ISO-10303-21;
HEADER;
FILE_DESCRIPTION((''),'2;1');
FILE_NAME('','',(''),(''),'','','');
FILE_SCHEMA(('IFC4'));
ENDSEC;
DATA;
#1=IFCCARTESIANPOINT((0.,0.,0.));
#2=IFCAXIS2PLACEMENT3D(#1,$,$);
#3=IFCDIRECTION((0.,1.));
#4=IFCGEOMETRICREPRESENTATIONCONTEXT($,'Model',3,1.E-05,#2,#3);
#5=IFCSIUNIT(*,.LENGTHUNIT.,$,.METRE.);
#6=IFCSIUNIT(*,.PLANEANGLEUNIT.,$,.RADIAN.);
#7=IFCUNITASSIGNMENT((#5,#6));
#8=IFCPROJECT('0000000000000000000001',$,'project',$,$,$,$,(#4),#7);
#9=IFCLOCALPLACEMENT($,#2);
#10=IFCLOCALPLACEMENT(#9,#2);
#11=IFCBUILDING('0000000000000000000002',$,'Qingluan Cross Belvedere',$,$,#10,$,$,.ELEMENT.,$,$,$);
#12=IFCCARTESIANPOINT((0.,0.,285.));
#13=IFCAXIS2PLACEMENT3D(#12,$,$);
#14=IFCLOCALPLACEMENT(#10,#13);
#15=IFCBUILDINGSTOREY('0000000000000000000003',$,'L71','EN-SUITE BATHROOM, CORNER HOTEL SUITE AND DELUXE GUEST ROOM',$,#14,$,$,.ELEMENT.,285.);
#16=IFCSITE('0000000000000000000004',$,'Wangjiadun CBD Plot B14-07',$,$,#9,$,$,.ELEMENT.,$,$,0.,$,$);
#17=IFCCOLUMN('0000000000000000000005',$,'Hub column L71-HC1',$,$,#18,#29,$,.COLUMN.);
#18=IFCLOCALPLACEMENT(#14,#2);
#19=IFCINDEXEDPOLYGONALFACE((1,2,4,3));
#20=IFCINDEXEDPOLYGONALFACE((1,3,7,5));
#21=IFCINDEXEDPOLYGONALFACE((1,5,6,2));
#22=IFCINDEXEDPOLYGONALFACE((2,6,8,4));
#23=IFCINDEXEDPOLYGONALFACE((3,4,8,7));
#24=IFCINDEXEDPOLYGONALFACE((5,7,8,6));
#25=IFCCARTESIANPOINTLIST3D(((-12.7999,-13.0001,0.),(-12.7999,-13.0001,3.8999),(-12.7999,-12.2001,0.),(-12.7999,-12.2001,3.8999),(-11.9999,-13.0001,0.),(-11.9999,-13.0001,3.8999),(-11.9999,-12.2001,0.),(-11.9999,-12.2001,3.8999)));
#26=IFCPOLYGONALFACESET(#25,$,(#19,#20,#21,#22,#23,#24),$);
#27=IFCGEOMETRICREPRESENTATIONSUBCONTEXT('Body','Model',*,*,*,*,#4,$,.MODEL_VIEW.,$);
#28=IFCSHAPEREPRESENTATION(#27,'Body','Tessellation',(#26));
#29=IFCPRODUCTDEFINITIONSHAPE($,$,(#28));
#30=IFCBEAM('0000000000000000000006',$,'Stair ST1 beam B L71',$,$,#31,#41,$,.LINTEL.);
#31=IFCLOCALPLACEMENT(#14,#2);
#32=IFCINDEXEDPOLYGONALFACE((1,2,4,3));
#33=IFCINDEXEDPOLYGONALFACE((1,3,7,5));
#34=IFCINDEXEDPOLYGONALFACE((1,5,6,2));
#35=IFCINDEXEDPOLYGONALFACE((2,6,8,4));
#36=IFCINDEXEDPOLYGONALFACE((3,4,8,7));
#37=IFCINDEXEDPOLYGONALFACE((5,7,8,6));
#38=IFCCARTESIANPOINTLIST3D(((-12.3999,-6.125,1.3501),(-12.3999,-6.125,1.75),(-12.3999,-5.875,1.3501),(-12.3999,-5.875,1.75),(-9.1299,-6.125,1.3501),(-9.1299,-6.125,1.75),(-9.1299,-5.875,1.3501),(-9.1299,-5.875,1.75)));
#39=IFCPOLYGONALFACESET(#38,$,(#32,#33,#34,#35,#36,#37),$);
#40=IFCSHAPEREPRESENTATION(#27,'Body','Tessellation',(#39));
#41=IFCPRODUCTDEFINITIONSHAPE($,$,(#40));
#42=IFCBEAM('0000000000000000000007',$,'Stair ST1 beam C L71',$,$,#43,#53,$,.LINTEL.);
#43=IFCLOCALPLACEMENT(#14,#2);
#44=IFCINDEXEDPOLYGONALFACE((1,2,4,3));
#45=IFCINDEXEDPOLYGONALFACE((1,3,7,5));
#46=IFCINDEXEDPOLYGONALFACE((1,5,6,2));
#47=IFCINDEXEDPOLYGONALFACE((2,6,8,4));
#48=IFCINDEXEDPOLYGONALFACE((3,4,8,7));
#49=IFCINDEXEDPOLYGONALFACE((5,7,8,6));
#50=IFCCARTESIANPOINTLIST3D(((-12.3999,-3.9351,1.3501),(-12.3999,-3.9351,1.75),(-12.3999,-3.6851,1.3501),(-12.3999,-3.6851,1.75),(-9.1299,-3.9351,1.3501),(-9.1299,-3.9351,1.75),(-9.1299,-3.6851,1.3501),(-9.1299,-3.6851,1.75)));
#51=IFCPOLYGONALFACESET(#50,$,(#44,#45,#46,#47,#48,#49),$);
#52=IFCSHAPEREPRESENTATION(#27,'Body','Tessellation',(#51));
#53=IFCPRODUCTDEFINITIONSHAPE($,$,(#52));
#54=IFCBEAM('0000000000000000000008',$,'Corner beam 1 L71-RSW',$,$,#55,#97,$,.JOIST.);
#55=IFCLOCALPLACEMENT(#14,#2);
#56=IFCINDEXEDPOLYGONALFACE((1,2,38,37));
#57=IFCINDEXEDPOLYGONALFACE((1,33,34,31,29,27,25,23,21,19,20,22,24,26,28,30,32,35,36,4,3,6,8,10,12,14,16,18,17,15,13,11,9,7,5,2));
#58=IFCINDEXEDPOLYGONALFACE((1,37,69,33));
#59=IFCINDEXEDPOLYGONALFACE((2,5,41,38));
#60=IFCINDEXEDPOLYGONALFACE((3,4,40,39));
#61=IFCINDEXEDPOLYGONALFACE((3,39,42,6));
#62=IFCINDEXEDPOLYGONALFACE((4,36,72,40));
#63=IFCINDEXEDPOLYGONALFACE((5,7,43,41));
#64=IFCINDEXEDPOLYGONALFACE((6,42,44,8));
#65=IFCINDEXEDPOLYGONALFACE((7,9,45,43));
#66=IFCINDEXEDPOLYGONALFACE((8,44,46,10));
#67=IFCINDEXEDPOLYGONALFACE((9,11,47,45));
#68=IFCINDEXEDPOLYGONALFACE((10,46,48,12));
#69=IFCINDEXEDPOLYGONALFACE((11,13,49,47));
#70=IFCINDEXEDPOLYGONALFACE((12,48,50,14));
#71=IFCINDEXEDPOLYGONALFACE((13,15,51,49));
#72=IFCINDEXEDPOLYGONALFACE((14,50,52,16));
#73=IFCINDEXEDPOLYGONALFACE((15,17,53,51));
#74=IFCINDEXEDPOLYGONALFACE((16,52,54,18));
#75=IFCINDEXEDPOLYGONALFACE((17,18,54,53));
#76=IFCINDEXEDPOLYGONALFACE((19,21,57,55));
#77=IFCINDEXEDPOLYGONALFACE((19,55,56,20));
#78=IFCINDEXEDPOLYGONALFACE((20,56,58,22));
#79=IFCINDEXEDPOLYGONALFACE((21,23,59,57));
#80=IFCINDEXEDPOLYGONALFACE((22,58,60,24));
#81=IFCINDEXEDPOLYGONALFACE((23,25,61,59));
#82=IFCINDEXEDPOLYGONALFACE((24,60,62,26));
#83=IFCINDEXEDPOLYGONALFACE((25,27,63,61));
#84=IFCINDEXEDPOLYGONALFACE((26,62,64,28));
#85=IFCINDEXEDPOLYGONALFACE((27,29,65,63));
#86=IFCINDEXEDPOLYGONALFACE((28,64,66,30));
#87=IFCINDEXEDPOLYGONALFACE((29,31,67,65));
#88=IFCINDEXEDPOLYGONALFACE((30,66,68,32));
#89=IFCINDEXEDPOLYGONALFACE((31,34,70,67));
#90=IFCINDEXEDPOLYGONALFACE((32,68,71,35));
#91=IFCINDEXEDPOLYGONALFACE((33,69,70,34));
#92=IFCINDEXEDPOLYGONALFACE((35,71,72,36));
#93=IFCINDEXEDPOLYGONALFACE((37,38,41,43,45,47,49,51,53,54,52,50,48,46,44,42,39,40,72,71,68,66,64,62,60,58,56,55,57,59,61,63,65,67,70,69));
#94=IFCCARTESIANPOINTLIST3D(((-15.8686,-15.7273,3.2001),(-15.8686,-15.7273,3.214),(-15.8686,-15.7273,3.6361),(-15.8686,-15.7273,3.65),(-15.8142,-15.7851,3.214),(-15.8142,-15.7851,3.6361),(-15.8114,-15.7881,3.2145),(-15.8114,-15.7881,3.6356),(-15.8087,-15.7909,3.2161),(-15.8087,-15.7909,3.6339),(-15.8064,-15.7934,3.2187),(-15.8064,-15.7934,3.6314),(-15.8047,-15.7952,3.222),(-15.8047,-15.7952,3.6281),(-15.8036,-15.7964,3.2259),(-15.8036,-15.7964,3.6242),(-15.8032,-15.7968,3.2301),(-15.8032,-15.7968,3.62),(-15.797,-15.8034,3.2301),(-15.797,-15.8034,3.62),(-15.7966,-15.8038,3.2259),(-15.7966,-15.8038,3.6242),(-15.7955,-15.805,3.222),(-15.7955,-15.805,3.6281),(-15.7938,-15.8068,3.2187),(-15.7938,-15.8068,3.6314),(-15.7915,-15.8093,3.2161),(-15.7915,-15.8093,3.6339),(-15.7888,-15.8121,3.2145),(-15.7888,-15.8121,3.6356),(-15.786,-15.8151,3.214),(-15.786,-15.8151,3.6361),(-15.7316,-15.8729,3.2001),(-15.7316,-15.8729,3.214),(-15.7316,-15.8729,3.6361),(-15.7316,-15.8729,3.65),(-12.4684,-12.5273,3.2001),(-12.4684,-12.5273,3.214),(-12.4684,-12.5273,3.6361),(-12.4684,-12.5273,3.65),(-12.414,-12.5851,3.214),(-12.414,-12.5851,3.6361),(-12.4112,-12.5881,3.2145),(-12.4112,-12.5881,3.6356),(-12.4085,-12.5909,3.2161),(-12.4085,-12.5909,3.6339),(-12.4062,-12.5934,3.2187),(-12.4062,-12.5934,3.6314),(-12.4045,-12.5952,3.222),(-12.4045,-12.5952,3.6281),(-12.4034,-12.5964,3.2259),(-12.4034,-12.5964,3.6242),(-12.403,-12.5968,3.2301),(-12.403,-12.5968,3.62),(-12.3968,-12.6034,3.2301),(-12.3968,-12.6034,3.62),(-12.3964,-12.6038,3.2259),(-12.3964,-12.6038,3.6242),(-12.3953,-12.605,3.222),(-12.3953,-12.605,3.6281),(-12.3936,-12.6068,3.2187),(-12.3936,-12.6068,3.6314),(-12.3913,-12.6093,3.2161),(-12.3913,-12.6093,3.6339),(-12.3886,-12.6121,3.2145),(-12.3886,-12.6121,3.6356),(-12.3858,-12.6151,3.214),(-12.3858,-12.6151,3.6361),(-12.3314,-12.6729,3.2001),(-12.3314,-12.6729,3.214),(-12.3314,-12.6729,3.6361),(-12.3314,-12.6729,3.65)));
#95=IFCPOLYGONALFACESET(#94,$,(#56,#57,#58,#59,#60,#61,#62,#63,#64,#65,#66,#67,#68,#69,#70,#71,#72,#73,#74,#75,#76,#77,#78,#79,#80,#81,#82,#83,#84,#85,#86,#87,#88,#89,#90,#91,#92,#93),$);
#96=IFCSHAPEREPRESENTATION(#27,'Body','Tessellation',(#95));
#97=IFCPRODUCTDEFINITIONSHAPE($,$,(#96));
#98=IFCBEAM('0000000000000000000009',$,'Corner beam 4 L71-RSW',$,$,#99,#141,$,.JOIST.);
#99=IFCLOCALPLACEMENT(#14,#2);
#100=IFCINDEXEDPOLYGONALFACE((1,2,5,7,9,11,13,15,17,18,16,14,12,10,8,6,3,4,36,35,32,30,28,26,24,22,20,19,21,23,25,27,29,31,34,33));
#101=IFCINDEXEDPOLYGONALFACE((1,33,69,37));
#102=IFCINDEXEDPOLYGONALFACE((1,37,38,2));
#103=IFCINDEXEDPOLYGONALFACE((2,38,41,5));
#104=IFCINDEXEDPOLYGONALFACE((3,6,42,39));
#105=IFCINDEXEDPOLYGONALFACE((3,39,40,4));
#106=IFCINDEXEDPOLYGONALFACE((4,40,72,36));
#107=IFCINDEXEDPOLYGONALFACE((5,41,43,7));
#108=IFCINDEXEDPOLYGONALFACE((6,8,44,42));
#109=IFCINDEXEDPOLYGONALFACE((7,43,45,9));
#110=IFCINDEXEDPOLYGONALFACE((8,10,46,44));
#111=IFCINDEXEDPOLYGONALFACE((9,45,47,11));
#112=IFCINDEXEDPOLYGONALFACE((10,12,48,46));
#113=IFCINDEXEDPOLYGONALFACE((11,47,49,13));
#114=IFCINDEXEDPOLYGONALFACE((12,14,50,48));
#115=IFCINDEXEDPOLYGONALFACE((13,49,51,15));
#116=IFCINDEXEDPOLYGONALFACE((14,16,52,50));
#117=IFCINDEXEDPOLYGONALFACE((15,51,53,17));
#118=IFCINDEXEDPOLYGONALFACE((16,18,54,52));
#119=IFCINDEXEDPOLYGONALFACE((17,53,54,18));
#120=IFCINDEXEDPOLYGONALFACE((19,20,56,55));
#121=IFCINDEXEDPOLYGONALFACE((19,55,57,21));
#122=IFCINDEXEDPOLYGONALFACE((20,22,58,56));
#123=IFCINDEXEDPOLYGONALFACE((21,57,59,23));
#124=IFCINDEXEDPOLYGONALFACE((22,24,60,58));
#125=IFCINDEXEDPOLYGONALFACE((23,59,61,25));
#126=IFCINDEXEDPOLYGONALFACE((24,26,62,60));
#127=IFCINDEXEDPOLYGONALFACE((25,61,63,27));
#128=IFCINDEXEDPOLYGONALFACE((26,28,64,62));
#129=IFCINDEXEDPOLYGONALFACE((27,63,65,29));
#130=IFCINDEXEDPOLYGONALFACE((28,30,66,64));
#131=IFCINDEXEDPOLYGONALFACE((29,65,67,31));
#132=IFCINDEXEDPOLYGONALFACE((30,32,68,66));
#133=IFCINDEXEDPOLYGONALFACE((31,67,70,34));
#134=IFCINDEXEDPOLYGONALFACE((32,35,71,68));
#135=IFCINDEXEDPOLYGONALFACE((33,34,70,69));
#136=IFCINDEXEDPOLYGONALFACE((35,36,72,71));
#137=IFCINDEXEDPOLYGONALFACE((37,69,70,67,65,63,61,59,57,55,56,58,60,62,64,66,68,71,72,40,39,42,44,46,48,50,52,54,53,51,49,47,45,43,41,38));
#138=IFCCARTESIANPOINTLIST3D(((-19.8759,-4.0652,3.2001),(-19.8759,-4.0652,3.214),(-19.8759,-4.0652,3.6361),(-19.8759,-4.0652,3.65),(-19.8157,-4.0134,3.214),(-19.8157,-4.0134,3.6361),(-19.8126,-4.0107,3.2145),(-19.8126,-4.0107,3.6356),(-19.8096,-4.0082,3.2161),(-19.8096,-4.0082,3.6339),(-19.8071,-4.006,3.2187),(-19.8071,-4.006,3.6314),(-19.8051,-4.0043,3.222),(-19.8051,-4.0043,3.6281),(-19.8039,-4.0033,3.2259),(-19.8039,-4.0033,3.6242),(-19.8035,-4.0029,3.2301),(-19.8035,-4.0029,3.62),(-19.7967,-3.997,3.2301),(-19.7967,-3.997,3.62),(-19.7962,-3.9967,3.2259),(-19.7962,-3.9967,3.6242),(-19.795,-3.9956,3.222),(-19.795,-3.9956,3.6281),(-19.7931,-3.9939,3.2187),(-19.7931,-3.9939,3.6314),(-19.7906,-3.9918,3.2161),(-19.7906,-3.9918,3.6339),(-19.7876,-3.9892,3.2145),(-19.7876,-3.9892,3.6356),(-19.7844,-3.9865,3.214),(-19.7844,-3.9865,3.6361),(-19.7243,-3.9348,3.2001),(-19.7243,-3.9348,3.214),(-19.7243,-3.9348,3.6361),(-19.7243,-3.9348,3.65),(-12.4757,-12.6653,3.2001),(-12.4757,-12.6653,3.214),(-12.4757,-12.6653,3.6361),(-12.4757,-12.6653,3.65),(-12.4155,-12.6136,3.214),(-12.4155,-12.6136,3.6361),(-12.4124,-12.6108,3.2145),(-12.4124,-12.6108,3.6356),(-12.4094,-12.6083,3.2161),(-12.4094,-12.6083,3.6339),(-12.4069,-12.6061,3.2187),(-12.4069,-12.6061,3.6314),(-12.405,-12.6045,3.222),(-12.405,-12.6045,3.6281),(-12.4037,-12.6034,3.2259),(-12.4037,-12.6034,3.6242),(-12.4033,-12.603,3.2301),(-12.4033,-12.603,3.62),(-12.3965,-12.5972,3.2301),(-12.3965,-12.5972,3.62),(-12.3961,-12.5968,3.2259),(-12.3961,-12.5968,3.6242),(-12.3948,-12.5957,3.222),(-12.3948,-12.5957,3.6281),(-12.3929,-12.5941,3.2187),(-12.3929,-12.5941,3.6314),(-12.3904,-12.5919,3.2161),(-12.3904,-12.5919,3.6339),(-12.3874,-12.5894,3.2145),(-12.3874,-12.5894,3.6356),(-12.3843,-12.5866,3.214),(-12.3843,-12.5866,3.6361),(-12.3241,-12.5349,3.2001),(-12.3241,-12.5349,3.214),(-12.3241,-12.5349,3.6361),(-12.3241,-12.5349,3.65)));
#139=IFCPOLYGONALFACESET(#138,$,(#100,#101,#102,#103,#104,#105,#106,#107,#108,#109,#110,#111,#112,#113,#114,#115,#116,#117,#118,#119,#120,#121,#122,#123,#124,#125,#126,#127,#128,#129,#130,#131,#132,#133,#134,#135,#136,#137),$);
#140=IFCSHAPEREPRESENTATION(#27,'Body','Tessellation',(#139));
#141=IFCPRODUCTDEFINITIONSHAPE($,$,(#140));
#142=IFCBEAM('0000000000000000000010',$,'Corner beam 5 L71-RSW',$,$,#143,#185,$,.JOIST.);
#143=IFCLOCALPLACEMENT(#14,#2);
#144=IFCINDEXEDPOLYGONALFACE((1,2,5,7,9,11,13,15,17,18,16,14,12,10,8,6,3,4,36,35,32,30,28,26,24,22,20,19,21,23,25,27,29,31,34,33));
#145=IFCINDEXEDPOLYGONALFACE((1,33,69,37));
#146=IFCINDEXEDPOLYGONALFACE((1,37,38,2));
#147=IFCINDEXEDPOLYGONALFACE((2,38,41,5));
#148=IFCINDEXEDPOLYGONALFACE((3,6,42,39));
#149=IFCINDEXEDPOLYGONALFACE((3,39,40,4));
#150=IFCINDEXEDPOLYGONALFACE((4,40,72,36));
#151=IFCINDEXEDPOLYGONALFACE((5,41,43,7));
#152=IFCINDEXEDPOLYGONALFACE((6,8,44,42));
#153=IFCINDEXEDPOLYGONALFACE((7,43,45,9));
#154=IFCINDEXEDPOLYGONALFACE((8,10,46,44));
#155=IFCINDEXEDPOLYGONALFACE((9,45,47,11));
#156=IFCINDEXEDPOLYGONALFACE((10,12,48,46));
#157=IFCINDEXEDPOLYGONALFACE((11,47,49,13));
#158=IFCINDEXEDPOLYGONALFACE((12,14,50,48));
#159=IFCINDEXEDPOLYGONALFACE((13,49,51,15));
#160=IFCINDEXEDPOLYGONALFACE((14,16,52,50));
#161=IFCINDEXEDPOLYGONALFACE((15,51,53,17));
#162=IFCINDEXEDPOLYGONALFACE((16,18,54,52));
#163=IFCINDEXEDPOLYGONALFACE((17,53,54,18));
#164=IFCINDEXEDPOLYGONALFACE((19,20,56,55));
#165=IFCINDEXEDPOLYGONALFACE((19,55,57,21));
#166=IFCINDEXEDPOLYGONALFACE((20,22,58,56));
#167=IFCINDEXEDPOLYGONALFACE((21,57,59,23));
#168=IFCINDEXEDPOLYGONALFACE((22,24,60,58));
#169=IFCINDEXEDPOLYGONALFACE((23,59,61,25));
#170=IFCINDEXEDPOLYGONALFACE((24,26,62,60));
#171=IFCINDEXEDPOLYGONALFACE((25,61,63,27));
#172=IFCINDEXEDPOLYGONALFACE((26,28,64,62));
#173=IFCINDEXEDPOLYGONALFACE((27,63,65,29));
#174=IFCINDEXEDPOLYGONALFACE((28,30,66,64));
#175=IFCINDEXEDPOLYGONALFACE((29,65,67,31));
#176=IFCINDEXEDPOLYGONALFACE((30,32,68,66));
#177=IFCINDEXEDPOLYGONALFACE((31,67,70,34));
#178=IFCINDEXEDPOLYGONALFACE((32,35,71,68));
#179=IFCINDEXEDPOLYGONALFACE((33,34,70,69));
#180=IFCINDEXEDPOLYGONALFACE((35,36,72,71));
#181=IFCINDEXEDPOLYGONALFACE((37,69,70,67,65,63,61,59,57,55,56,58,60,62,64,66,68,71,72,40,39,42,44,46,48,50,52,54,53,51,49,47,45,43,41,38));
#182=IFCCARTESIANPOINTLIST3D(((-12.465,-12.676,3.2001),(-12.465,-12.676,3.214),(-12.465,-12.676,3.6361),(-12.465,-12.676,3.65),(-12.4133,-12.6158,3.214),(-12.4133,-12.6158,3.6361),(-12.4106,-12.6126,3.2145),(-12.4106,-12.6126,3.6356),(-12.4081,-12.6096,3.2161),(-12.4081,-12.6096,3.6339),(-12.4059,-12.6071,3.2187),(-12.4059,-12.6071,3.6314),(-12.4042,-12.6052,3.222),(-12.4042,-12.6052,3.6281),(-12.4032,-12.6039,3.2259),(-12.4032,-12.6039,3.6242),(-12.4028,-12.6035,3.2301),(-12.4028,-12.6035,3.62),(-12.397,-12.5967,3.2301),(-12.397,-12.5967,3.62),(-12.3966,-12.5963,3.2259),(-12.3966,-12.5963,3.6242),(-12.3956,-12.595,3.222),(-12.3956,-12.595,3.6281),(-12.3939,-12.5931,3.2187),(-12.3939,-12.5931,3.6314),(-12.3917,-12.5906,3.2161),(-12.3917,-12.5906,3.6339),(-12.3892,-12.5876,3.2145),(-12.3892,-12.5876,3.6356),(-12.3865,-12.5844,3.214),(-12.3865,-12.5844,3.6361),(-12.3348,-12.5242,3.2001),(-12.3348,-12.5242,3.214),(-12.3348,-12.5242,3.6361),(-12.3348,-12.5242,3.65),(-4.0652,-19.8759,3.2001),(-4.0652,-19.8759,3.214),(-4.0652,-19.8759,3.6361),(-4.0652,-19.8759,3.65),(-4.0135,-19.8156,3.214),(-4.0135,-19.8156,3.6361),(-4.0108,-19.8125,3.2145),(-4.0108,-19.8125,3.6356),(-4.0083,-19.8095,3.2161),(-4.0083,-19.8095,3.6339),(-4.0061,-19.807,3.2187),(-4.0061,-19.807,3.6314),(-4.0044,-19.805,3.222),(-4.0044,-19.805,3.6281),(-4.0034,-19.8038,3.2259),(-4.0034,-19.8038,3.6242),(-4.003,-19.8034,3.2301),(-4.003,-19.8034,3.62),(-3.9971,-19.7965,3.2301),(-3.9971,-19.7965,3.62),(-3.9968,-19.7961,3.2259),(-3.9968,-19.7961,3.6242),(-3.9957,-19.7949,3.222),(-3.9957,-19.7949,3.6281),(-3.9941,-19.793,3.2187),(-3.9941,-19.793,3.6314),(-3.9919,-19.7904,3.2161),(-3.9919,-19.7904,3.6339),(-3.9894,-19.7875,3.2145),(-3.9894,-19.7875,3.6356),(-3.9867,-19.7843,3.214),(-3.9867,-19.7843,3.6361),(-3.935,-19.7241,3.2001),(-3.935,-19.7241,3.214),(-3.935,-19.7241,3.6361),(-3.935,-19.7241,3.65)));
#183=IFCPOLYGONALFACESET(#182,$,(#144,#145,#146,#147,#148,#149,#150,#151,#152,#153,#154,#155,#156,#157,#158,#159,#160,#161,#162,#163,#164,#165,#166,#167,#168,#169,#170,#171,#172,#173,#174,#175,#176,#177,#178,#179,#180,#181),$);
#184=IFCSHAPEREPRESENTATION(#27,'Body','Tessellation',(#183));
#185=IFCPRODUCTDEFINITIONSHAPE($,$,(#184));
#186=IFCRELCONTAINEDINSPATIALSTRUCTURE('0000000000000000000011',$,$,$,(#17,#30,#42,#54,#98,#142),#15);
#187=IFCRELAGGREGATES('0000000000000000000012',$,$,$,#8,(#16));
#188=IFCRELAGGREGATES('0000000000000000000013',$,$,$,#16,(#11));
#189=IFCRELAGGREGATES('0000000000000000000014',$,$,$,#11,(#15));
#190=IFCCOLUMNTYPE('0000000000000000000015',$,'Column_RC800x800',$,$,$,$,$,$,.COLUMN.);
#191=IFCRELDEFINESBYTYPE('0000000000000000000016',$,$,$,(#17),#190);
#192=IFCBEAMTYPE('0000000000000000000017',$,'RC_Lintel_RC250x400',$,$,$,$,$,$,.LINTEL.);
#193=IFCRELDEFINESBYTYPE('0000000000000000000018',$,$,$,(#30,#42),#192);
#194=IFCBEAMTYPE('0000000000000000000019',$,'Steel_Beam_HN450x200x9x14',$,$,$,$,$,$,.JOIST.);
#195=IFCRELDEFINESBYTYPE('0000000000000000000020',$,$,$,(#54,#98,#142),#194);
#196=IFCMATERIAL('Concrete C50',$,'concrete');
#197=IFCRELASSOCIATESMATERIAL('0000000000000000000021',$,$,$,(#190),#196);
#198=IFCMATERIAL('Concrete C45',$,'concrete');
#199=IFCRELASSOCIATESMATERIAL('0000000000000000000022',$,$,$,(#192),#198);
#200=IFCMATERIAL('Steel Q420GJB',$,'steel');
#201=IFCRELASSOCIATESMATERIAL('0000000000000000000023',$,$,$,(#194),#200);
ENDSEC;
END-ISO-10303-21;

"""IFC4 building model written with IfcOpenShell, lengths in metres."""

from ifc_helpers import new_model, si_unit, direction, frame, origin, origin_2d, place, context, subcontext, project, spatial, rectangle, i_section, extrude, material, material_profile, profile_set, type_object, element, save


model = new_model("IFC4")

# Units and contexts
model_context = context("Model", 3, precision=1e-05, world=origin(), true_north=direction((0.0, 1.0)))
body_context = subcontext(model_context, "Body", "Model", "MODEL_VIEW")
ifc_project = project(units=[si_unit("LENGTHUNIT", "METRE"), si_unit("PLANEANGLEUNIT", "RADIAN")], contexts=[model_context])

# Site, building, storey
site_placement = place(None, origin())
site = spatial("IfcSite", under=ifc_project, at=site_placement, Name="Wangjiadun CBD Plot B14-07", CompositionType="ELEMENT", RefElevation=0.0)
building_placement = place(site_placement, origin())
building = spatial("IfcBuilding", under=site, at=building_placement, Name="Qingluan Cross Belvedere", CompositionType="ELEMENT")
storey_placement = place(building_placement, frame((0.0, 0.0, 285.0)))
storey = spatial("IfcBuildingStorey", under=building, at=storey_placement, Name="L71", Description="EN-SUITE BATHROOM, CORNER HOTEL SUITE AND DELUXE GUEST ROOM", CompositionType="ELEMENT", Elevation=285.0)

# Column
ifc_material_1 = material(Name="Concrete C50", Category="concrete")
ifc_material_profile_1 = material_profile(ifc_material_1, rectangle(XDim=0.8, YDim=0.8, at=origin_2d()), Name="RC800x800")
ifc_profile_set_1 = profile_set([ifc_material_profile_1], Name="Concrete C50")
column_type = type_object("IfcColumnType", Name="Column_RC800x800", PredefinedType="COLUMN", material=ifc_profile_set_1)
column_placement = place(storey_placement, frame((-12.3999, -12.6001, 0.0), z_axis=(0.0, 0.0, 1.0), x_axis=(1.0, 0.0, 0.0)))
element("IfcColumn", 1, at=column_placement, inside=storey, type_object=column_type, Name="Hub column L71-HC1", PredefinedType="COLUMN", context=body_context, shape_type="SweptSolid", body=[
    extrude(rectangle(XDim=0.8, YDim=0.8, at=origin_2d()), origin(), (0.0, 0.0, 1.0), 3.8999),
])

# Beams
ifc_material_2 = material(Name="Concrete C45", Category="concrete")
ifc_material_profile_2 = material_profile(ifc_material_2, rectangle(XDim=0.25, YDim=0.3999, at=origin_2d()), Name="RC250x400")
ifc_profile_set_2 = profile_set([ifc_material_profile_2], Name="Concrete C45")
beam_type_1 = type_object("IfcBeamType", Name="RC_Lintel_RC250x400", PredefinedType="LINTEL", material=ifc_profile_set_2)
for number, where, z_axis, x_axis, name in (
    (2, (-12.3999, -6.0, 1.55), (1.0, 0.0, 0.0), (0.0, 1.0, 0.0), "Stair ST1 beam B L71"),
    (3, (-12.3999, -3.8101, 1.55), (1.0, 0.0, 0.0), (0.0, 1.0, 0.0), "Stair ST1 beam C L71"),
):
    element("IfcBeam", number, at=place(storey_placement, frame(where, z_axis=z_axis, x_axis=x_axis)), inside=storey, type_object=beam_type_1, Name=name, PredefinedType="LINTEL", context=body_context, shape_type="SweptSolid", body=[
        extrude(rectangle(XDim=0.25, YDim=0.3999, at=origin_2d()), origin(), (0.0, 0.0, 1.0), 3.27),
    ])
ifc_material_3 = material(Name="Steel Q420GJB", Category="steel")
ifc_material_profile_3 = material_profile(ifc_material_3, i_section(OverallWidth=0.2, OverallDepth=0.45, WebThickness=0.009, FlangeThickness=0.0139, FilletRadius=0.0161, at=origin_2d()), Name="HN450x200x9x14")
ifc_profile_set_3 = profile_set([ifc_material_profile_3], Name="Steel Q420GJB")
beam_type_2 = type_object("IfcBeamType", Name="Steel_Beam_HN450x200x9x14", PredefinedType="JOIST", material=ifc_profile_set_3)
beam_1_placement = place(storey_placement, frame((-12.3999, -12.6001, 3.425), z_axis=(-0.72822, -0.685343, 0.0), x_axis=(0.685343, -0.72822, 0.0)))
element("IfcBeam", 4, at=beam_1_placement, inside=storey, type_object=beam_type_2, Name="Corner beam 1 L71-RSW", PredefinedType="JOIST", context=body_context, shape_type="SweptSolid", body=[
    extrude(i_section(OverallWidth=0.2, OverallDepth=0.45, WebThickness=0.009, FlangeThickness=0.0139, FilletRadius=0.0161, at=origin_2d()), origin(), (0.0, 0.0, 1.0), 4.6692),
])
beam_2_placement = place(storey_placement, frame((-12.3999, -12.6001, 3.425), z_axis=(-0.652245, 0.758008, 0.0), x_axis=(-0.758008, -0.652245, 0.0)))
element("IfcBeam", 5, at=beam_2_placement, inside=storey, type_object=beam_type_2, Name="Corner beam 4 L71-RSW", PredefinedType="JOIST", context=body_context, shape_type="SweptSolid", body=[
    extrude(i_section(OverallWidth=0.2, OverallDepth=0.45, WebThickness=0.009, FlangeThickness=0.0139, FilletRadius=0.0161, at=origin_2d()), origin(), (0.0, 0.0, 1.0), 11.3457),
])
beam_3_placement = place(storey_placement, frame((-12.3999, -12.6001, 3.425), z_axis=(0.759255, -0.650793, 0.0), x_axis=(0.650793, 0.759255, 0.0)))
element("IfcBeam", 6, at=beam_3_placement, inside=storey, type_object=beam_type_2, Name="Corner beam 5 L71-RSW", PredefinedType="JOIST", context=body_context, shape_type="SweptSolid", body=[
    extrude(i_section(OverallWidth=0.2, OverallDepth=0.45, WebThickness=0.009, FlangeThickness=0.0139, FilletRadius=0.0161, at=origin_2d()), origin(), (0.0, 0.0, 1.0), 11.0632),
])

save(model, "model.ifc")
